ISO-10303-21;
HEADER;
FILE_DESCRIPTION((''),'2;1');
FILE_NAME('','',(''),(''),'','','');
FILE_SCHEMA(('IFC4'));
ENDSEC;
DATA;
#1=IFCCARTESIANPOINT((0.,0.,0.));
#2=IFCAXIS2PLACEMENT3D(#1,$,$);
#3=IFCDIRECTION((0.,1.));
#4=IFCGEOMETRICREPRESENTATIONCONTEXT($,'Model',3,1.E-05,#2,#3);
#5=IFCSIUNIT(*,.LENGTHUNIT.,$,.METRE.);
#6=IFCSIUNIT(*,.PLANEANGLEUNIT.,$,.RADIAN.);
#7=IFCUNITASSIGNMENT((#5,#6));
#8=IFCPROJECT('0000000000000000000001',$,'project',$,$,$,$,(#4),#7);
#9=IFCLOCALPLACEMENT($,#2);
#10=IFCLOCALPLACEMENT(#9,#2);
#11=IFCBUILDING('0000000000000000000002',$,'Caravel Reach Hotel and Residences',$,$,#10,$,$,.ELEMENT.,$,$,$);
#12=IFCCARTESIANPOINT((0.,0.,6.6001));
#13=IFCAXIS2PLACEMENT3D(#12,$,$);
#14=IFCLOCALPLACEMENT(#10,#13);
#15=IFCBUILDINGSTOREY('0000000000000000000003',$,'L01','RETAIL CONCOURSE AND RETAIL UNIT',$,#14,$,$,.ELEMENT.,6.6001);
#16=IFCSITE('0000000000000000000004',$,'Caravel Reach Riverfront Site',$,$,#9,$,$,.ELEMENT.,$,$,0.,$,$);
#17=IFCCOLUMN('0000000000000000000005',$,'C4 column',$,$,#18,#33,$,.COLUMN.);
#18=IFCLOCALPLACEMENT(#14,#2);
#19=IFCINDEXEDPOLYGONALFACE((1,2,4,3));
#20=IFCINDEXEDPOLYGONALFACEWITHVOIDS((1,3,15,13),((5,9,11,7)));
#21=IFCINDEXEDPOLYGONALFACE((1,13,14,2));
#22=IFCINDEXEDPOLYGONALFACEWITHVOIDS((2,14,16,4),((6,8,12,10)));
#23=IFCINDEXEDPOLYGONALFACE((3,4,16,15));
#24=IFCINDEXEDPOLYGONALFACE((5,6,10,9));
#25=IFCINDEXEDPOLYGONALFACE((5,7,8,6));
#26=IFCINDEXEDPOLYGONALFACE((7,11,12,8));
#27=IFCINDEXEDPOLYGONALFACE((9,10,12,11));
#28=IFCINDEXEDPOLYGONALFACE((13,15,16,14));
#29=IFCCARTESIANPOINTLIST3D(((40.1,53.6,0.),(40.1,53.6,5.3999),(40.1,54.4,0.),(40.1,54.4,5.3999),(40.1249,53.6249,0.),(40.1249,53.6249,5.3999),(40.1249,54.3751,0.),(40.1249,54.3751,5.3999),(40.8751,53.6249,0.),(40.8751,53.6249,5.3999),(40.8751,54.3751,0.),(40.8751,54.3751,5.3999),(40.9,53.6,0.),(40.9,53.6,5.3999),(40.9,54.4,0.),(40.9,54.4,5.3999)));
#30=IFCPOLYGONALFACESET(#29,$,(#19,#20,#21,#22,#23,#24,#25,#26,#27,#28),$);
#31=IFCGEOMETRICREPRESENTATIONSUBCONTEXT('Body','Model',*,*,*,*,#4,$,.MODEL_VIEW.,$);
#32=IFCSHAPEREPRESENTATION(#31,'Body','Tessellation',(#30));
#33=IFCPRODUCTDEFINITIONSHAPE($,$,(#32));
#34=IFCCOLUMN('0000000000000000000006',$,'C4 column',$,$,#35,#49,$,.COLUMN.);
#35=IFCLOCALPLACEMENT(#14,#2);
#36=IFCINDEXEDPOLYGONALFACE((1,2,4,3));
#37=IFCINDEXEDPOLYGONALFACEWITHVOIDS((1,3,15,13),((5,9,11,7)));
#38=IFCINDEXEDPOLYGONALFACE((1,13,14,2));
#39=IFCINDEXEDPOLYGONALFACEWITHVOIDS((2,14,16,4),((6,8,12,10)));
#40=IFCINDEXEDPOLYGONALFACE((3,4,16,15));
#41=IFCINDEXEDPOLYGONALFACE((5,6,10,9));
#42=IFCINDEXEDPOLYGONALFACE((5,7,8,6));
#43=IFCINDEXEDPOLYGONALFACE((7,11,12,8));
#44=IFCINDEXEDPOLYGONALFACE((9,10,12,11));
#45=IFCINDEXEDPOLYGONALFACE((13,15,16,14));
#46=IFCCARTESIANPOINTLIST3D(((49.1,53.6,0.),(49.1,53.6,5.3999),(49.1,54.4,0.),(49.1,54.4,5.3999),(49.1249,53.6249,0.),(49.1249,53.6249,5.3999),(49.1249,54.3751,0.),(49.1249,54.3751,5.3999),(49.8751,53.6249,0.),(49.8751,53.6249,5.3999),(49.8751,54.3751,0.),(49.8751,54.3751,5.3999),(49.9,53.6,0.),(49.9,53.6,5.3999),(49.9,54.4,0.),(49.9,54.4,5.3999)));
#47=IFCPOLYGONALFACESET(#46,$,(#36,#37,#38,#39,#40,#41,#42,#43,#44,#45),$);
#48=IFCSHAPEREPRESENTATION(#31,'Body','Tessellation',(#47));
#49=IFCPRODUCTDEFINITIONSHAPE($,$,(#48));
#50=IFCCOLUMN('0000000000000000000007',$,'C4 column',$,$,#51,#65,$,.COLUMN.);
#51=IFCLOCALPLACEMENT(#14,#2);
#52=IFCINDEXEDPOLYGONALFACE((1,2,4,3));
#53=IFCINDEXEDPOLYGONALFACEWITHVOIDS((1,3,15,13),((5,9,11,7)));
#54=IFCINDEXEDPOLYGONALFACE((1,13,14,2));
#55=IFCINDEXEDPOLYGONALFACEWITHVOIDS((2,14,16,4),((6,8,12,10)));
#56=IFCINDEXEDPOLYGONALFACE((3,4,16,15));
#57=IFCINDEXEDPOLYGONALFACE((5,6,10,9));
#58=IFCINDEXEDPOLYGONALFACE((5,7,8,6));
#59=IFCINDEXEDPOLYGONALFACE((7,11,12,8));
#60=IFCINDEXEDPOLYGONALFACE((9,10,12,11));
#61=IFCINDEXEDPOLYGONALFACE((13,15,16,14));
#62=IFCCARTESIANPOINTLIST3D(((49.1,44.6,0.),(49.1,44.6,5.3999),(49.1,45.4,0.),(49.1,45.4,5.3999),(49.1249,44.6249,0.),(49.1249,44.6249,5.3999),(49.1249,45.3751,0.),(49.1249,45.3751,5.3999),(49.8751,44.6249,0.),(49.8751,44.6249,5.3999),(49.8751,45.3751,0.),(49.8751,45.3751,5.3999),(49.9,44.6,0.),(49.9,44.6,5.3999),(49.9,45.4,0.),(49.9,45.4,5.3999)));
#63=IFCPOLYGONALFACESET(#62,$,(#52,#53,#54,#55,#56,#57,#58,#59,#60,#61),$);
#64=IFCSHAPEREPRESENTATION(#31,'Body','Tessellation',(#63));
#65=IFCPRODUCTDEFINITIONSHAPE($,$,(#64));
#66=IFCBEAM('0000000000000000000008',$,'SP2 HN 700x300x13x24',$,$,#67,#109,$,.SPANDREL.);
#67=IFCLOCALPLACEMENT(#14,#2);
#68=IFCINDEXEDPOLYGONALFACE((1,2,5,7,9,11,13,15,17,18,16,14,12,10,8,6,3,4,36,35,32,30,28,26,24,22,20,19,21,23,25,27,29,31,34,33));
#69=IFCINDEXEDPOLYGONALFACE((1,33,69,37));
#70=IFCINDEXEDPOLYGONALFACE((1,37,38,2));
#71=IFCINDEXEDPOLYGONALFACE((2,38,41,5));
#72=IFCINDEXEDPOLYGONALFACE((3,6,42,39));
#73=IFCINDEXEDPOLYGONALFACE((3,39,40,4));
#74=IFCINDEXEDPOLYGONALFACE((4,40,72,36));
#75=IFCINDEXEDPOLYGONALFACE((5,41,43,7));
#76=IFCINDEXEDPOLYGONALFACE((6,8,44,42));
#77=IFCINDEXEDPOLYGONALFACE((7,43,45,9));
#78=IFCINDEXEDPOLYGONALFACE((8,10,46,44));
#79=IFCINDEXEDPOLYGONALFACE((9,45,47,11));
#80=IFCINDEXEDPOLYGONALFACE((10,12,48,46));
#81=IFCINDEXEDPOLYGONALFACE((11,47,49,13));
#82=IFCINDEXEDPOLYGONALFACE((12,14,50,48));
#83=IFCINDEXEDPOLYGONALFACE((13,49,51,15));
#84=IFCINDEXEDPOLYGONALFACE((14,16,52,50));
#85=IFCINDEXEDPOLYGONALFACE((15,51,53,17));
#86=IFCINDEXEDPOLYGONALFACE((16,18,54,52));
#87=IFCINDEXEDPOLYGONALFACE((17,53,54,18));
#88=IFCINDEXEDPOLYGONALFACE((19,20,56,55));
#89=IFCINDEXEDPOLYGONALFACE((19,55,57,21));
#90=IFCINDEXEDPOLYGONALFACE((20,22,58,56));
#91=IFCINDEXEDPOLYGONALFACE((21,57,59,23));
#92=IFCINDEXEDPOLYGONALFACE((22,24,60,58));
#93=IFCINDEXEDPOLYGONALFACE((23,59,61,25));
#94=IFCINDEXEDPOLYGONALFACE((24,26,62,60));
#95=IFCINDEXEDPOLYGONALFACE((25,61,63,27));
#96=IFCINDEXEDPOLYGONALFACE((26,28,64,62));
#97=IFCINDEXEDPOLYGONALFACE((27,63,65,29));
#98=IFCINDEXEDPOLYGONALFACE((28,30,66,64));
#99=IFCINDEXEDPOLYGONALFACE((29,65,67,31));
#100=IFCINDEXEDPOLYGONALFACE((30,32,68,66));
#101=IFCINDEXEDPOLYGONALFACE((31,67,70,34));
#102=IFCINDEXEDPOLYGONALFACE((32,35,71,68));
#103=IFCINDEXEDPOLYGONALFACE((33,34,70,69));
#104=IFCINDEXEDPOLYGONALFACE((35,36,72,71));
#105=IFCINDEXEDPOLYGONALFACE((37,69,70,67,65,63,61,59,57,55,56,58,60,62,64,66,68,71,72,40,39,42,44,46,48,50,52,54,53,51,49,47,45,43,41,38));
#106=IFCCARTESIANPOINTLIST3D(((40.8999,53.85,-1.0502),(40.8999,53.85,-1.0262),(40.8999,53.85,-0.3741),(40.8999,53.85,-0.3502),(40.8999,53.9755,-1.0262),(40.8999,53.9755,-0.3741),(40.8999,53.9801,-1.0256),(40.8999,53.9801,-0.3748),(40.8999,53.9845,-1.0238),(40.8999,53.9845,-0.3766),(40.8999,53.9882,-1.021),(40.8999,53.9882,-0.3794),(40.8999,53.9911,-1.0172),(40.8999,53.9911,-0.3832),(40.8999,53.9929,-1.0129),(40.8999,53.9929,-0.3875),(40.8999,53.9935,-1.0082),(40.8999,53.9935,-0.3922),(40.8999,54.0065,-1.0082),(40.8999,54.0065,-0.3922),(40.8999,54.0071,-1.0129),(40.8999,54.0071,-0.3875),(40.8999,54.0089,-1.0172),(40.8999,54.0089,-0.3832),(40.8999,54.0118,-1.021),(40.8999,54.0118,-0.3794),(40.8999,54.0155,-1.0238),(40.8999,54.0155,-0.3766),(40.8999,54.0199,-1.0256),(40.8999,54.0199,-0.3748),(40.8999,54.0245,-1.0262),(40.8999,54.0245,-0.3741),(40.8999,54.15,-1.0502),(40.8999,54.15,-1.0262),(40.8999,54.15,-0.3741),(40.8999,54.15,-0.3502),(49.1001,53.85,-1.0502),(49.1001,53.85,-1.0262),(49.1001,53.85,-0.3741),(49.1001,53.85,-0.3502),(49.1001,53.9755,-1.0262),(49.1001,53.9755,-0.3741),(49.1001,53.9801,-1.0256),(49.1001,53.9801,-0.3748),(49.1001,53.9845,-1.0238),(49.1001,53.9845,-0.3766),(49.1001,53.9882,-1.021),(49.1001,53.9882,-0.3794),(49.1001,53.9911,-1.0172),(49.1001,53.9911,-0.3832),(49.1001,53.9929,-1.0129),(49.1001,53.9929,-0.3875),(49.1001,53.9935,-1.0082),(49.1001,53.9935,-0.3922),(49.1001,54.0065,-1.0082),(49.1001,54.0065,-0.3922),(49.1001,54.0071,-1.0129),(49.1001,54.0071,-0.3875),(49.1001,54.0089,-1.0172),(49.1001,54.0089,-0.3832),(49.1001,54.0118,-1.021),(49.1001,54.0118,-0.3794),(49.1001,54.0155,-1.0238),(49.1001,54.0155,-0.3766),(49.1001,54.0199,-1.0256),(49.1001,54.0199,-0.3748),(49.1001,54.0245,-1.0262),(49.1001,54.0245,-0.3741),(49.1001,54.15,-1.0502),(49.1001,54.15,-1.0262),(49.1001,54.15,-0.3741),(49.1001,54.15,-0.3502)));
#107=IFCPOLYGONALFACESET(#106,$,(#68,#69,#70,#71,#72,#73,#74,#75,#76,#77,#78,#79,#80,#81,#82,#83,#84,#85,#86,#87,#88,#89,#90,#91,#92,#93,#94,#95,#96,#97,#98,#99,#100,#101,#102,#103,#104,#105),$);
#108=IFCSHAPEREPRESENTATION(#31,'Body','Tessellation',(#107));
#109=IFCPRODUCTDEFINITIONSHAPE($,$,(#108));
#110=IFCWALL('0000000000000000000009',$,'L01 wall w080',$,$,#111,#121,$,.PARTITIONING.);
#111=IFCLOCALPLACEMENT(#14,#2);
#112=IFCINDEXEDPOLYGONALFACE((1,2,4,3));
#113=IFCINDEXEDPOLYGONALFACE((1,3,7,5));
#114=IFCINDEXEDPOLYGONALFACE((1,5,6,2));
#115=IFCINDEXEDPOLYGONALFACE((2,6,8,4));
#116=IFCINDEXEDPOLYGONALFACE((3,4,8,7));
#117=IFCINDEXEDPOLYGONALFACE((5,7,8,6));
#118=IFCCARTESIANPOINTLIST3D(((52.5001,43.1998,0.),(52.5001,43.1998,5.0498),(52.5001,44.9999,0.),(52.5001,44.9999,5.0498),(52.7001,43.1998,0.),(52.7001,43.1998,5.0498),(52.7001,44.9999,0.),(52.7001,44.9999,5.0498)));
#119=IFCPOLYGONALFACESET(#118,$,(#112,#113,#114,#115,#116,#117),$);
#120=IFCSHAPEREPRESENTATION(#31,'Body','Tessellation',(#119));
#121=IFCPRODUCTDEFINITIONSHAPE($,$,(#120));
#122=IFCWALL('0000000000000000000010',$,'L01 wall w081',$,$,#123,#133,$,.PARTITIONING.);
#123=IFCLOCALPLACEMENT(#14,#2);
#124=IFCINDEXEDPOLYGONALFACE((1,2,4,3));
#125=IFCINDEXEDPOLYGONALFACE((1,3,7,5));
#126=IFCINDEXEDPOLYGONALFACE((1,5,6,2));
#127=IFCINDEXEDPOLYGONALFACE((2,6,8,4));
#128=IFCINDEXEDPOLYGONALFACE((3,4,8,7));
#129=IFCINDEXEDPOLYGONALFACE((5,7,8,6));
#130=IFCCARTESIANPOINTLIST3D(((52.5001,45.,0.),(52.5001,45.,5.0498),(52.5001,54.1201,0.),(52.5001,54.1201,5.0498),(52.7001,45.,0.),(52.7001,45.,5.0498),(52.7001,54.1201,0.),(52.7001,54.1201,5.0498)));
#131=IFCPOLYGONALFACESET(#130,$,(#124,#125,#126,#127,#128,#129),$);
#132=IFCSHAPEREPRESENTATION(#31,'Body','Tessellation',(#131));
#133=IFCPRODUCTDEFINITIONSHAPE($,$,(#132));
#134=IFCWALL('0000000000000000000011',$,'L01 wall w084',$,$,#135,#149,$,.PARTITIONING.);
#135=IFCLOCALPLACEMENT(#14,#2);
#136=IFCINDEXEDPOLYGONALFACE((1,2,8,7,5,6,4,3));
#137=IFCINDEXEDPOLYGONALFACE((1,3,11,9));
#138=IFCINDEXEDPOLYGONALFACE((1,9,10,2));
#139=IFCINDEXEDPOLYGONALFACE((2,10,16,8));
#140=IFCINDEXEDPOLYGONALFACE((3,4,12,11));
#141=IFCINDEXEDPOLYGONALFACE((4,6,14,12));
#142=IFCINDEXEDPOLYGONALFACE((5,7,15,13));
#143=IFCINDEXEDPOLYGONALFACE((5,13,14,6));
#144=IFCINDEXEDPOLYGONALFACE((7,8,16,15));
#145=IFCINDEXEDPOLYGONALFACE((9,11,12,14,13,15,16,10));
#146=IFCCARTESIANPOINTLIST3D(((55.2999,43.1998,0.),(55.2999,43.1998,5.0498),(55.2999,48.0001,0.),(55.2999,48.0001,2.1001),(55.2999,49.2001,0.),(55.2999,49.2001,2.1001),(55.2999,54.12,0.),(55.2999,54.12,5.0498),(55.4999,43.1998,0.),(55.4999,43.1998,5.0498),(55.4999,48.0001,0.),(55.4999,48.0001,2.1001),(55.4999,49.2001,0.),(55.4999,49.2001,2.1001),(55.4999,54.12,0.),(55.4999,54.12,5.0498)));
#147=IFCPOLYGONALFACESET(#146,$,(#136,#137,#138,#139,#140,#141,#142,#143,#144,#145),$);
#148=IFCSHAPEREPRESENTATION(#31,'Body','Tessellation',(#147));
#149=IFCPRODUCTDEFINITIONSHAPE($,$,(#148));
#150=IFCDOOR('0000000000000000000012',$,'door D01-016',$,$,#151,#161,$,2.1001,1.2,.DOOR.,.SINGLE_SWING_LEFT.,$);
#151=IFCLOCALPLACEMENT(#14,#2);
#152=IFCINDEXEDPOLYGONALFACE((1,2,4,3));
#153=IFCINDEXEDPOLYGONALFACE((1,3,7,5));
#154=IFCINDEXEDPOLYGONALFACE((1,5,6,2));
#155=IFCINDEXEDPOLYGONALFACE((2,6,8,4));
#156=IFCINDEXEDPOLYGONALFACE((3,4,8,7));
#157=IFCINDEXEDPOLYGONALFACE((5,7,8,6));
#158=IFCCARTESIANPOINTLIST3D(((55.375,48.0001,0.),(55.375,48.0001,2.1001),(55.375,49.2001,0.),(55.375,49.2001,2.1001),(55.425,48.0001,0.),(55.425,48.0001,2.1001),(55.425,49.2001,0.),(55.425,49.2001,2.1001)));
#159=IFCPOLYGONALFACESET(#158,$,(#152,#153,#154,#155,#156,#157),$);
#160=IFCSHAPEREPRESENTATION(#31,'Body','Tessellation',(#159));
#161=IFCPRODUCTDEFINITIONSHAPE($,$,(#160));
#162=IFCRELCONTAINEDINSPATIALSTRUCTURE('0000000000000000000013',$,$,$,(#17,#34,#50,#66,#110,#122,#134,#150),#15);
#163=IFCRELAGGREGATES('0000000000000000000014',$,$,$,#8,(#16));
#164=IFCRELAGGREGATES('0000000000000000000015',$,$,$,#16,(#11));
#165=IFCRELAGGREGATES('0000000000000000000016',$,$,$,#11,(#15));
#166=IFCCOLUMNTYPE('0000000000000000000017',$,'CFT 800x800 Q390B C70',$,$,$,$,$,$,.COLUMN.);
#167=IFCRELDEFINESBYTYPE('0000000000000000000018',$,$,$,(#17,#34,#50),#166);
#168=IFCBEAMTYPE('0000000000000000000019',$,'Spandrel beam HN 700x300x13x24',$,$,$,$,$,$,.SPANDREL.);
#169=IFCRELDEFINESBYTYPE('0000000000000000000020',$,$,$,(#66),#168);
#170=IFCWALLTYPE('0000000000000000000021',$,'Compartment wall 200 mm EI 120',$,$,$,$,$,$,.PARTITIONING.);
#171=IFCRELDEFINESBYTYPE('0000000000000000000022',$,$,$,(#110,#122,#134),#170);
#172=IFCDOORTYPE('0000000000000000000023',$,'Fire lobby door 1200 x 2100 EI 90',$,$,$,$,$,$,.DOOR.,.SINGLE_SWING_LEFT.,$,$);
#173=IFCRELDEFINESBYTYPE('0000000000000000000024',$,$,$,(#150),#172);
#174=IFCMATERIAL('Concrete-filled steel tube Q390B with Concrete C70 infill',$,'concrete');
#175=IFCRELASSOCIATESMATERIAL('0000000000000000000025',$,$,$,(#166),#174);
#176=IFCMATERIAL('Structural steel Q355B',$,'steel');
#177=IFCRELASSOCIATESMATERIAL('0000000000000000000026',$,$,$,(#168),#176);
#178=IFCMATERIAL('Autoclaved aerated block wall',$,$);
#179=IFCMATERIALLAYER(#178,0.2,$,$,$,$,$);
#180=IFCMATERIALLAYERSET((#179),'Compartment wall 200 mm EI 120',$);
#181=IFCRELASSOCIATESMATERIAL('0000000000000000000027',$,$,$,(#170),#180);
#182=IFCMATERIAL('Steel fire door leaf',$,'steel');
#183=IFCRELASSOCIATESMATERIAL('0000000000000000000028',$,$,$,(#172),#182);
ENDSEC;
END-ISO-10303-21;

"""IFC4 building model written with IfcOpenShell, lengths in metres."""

from ifc_helpers import new_model, si_unit, direction, frame, frame_2d, origin, origin_2d, place, context, subcontext, project, spatial, rectangle, hollow_rectangle, i_section, extrude, material, layer, layer_set, material_profile, profile_set, type_object, element, fill, save


model = new_model("IFC4")

# Units and contexts
model_context = context("Model", 3, precision=1e-05, world=origin(), true_north=direction((0.0, 1.0)))
body_context = subcontext(model_context, "Body", "Model", "MODEL_VIEW")
ifc_project = project(units=[si_unit("LENGTHUNIT", "METRE"), si_unit("PLANEANGLEUNIT", "RADIAN")], contexts=[model_context])

# Site, building, storey
site_placement = place(None, origin())
site = spatial("IfcSite", under=ifc_project, at=site_placement, Name="Caravel Reach Riverfront Site", CompositionType="ELEMENT", RefElevation=0.0)
building_placement = place(site_placement, origin())
building = spatial("IfcBuilding", under=site, at=building_placement, Name="Caravel Reach Hotel and Residences", CompositionType="ELEMENT")
storey_placement = place(building_placement, frame((0.0, 0.0, 6.6001)))
storey = spatial("IfcBuildingStorey", under=building, at=storey_placement, Name="L01", Description="RETAIL CONCOURSE AND RETAIL UNIT", CompositionType="ELEMENT", Elevation=6.6001)

# Columns
ifc_material_1 = material(Name="Concrete-filled steel tube Q390B with Concrete C70 infill", Category="concrete")
ifc_material_profile_1 = material_profile(ifc_material_1, hollow_rectangle(XDim=0.8, YDim=0.8, WallThickness=0.0249, at=origin_2d()), Name="RHS 800x800x25")
ifc_profile_set_1 = profile_set([ifc_material_profile_1], Name="Concrete-filled steel tube Q390B with Concrete C70 infill")
column_type = type_object("IfcColumnType", Name="CFT 800x800 Q390B C70", PredefinedType="COLUMN", material=ifc_profile_set_1)
for number, where, z_axis, x_axis, name in (
    (1, (40.5, 54.0, 0.0), (0.0, 0.0, 1.0), (1.0, 0.0, 0.0), "C4 column"),
    (2, (49.5, 54.0, 0.0), (0.0, 0.0, 1.0), (1.0, 0.0, 0.0), "C4 column"),
    (3, (49.5, 45.0, 0.0), (0.0, 0.0, 1.0), (1.0, 0.0, 0.0), "C4 column"),
):
    element("IfcColumn", number, at=place(storey_placement, frame(where, z_axis=z_axis, x_axis=x_axis)), inside=storey, type_object=column_type, Name=name, PredefinedType="COLUMN", context=body_context, shape_type="SweptSolid", body=[
        extrude(hollow_rectangle(XDim=0.8, YDim=0.8, WallThickness=0.0249, at=origin_2d()), origin(), (0.0, 0.0, 1.0), 5.3999),
    ])

# Beam
ifc_material_2 = material(Name="Structural steel Q355B", Category="steel")
ifc_material_profile_2 = material_profile(ifc_material_2, i_section(OverallWidth=0.3, OverallDepth=0.7, WebThickness=0.0129, FlangeThickness=0.0239, FilletRadius=0.0181, at=origin_2d()), Name="HN 700x300x13x24")
ifc_profile_set_2 = profile_set([ifc_material_profile_2], Name="Structural steel Q355B")
beam_type = type_object("IfcBeamType", Name="Spandrel beam HN 700x300x13x24", PredefinedType="SPANDREL", material=ifc_profile_set_2)
beam_placement = place(storey_placement, frame((49.1001, 54.0, -0.7002), z_axis=(-1.0, 0.0, 0.0), x_axis=(0.0, -1.0, 0.0)))
element("IfcBeam", 4, at=beam_placement, inside=storey, type_object=beam_type, Name="SP2 HN 700x300x13x24", PredefinedType="SPANDREL", context=body_context, shape_type="SweptSolid", body=[
    extrude(i_section(OverallWidth=0.3, OverallDepth=0.7, WebThickness=0.0129, FlangeThickness=0.0239, FilletRadius=0.0181, at=origin_2d()), origin(), (0.0, 0.0, 1.0), 8.2002),
])

# Walls
ifc_material_3 = material(Name="Autoclaved aerated block wall")
ifc_layer_1 = layer(ifc_material_3, 0.2)
ifc_layer_set_1 = layer_set([ifc_layer_1], Name="Compartment wall 200 mm EI 120")
wall_type_1 = type_object("IfcWallType", Name="Compartment wall 200 mm EI 120", PredefinedType="PARTITIONING", material=ifc_layer_set_1)
wall_1_placement = place(storey_placement, frame((52.6001, 43.2, 0.0), z_axis=(0.0, 0.0, 1.0), x_axis=(0.0, 1.0, 0.0)))
element("IfcWall", 5, at=wall_1_placement, inside=storey, type_object=wall_type_1, Name="L01 wall w080", PredefinedType="PARTITIONING", context=body_context, shape_type="SweptSolid", body=[
    extrude(rectangle(XDim=1.8, YDim=0.2, at=frame_2d((0.8999, 0.0))), origin(), (0.0, 0.0, 1.0), 5.0498),
])
wall_2_placement = place(storey_placement, frame((52.6001, 45.0, 0.0), z_axis=(0.0, 0.0, 1.0), x_axis=(0.0, 1.0, 0.0)))
element("IfcWall", 6, at=wall_2_placement, inside=storey, type_object=wall_type_1, Name="L01 wall w081", PredefinedType="PARTITIONING", context=body_context, shape_type="SweptSolid", body=[
    extrude(rectangle(XDim=9.1201, YDim=0.2, at=frame_2d((4.5601, 0.0))), origin(), (0.0, 0.0, 1.0), 5.0498),
])

# Wall, opening, door
wall_3_placement = place(storey_placement, frame((55.3999, 43.2, 0.0), z_axis=(0.0, 0.0, 1.0), x_axis=(0.0, 1.0, 0.0)))
wall_3 = element("IfcWall", 7, at=wall_3_placement, inside=storey, type_object=wall_type_1, Name="L01 wall w084", PredefinedType="PARTITIONING", context=body_context, shape_type="SweptSolid", body=[
    extrude(rectangle(XDim=10.9202, YDim=0.2, at=frame_2d((5.46, 0.0))), origin(), (0.0, 0.0, 1.0), 5.0498),
])
opening_1_placement = place(wall_3_placement, frame((4.8, 0.0, 0.0)))
opening_1 = element("IfcOpeningElement", 8, at=opening_1_placement, cuts=wall_3, PredefinedType="OPENING", context=body_context, shape_type="SweptSolid", body=[
    extrude(rectangle(XDim=1.2, YDim=2.1001, at=frame_2d((0.6001, 1.05))), frame((0.0, 0.1099, 0.0), z_axis=(0.0, -1.0, 0.0), x_axis=(1.0, 0.0, 0.0)), (0.0, 0.0, 1.0), 0.22),
])
ifc_material_4 = material(Name="Steel fire door leaf", Category="steel")
door_type_1 = type_object("IfcDoorType", Name="Fire lobby door 1200 x 2100 EI 90", OperationType="SINGLE_SWING_LEFT", PredefinedType="DOOR", material=ifc_material_4)
door_1_placement = place(opening_1_placement, origin())
door_1 = element("IfcDoor", 9, at=door_1_placement, inside=storey, type_object=door_type_1, Name="door D01-016", OperationType="SINGLE_SWING_LEFT", OverallHeight=2.1001, OverallWidth=1.2, PredefinedType="DOOR", context=body_context, shape_type="SweptSolid", body=[
    extrude(rectangle(XDim=1.2, YDim=2.1001, at=frame_2d((0.6001, 1.05))), frame((0.0, 0.0249, 0.0), z_axis=(0.0, -1.0, 0.0), x_axis=(1.0, 0.0, 0.0)), (0.0, 0.0, 1.0), 0.05),
])
fill(opening_1, door_1)

save(model, "model.ifc")
